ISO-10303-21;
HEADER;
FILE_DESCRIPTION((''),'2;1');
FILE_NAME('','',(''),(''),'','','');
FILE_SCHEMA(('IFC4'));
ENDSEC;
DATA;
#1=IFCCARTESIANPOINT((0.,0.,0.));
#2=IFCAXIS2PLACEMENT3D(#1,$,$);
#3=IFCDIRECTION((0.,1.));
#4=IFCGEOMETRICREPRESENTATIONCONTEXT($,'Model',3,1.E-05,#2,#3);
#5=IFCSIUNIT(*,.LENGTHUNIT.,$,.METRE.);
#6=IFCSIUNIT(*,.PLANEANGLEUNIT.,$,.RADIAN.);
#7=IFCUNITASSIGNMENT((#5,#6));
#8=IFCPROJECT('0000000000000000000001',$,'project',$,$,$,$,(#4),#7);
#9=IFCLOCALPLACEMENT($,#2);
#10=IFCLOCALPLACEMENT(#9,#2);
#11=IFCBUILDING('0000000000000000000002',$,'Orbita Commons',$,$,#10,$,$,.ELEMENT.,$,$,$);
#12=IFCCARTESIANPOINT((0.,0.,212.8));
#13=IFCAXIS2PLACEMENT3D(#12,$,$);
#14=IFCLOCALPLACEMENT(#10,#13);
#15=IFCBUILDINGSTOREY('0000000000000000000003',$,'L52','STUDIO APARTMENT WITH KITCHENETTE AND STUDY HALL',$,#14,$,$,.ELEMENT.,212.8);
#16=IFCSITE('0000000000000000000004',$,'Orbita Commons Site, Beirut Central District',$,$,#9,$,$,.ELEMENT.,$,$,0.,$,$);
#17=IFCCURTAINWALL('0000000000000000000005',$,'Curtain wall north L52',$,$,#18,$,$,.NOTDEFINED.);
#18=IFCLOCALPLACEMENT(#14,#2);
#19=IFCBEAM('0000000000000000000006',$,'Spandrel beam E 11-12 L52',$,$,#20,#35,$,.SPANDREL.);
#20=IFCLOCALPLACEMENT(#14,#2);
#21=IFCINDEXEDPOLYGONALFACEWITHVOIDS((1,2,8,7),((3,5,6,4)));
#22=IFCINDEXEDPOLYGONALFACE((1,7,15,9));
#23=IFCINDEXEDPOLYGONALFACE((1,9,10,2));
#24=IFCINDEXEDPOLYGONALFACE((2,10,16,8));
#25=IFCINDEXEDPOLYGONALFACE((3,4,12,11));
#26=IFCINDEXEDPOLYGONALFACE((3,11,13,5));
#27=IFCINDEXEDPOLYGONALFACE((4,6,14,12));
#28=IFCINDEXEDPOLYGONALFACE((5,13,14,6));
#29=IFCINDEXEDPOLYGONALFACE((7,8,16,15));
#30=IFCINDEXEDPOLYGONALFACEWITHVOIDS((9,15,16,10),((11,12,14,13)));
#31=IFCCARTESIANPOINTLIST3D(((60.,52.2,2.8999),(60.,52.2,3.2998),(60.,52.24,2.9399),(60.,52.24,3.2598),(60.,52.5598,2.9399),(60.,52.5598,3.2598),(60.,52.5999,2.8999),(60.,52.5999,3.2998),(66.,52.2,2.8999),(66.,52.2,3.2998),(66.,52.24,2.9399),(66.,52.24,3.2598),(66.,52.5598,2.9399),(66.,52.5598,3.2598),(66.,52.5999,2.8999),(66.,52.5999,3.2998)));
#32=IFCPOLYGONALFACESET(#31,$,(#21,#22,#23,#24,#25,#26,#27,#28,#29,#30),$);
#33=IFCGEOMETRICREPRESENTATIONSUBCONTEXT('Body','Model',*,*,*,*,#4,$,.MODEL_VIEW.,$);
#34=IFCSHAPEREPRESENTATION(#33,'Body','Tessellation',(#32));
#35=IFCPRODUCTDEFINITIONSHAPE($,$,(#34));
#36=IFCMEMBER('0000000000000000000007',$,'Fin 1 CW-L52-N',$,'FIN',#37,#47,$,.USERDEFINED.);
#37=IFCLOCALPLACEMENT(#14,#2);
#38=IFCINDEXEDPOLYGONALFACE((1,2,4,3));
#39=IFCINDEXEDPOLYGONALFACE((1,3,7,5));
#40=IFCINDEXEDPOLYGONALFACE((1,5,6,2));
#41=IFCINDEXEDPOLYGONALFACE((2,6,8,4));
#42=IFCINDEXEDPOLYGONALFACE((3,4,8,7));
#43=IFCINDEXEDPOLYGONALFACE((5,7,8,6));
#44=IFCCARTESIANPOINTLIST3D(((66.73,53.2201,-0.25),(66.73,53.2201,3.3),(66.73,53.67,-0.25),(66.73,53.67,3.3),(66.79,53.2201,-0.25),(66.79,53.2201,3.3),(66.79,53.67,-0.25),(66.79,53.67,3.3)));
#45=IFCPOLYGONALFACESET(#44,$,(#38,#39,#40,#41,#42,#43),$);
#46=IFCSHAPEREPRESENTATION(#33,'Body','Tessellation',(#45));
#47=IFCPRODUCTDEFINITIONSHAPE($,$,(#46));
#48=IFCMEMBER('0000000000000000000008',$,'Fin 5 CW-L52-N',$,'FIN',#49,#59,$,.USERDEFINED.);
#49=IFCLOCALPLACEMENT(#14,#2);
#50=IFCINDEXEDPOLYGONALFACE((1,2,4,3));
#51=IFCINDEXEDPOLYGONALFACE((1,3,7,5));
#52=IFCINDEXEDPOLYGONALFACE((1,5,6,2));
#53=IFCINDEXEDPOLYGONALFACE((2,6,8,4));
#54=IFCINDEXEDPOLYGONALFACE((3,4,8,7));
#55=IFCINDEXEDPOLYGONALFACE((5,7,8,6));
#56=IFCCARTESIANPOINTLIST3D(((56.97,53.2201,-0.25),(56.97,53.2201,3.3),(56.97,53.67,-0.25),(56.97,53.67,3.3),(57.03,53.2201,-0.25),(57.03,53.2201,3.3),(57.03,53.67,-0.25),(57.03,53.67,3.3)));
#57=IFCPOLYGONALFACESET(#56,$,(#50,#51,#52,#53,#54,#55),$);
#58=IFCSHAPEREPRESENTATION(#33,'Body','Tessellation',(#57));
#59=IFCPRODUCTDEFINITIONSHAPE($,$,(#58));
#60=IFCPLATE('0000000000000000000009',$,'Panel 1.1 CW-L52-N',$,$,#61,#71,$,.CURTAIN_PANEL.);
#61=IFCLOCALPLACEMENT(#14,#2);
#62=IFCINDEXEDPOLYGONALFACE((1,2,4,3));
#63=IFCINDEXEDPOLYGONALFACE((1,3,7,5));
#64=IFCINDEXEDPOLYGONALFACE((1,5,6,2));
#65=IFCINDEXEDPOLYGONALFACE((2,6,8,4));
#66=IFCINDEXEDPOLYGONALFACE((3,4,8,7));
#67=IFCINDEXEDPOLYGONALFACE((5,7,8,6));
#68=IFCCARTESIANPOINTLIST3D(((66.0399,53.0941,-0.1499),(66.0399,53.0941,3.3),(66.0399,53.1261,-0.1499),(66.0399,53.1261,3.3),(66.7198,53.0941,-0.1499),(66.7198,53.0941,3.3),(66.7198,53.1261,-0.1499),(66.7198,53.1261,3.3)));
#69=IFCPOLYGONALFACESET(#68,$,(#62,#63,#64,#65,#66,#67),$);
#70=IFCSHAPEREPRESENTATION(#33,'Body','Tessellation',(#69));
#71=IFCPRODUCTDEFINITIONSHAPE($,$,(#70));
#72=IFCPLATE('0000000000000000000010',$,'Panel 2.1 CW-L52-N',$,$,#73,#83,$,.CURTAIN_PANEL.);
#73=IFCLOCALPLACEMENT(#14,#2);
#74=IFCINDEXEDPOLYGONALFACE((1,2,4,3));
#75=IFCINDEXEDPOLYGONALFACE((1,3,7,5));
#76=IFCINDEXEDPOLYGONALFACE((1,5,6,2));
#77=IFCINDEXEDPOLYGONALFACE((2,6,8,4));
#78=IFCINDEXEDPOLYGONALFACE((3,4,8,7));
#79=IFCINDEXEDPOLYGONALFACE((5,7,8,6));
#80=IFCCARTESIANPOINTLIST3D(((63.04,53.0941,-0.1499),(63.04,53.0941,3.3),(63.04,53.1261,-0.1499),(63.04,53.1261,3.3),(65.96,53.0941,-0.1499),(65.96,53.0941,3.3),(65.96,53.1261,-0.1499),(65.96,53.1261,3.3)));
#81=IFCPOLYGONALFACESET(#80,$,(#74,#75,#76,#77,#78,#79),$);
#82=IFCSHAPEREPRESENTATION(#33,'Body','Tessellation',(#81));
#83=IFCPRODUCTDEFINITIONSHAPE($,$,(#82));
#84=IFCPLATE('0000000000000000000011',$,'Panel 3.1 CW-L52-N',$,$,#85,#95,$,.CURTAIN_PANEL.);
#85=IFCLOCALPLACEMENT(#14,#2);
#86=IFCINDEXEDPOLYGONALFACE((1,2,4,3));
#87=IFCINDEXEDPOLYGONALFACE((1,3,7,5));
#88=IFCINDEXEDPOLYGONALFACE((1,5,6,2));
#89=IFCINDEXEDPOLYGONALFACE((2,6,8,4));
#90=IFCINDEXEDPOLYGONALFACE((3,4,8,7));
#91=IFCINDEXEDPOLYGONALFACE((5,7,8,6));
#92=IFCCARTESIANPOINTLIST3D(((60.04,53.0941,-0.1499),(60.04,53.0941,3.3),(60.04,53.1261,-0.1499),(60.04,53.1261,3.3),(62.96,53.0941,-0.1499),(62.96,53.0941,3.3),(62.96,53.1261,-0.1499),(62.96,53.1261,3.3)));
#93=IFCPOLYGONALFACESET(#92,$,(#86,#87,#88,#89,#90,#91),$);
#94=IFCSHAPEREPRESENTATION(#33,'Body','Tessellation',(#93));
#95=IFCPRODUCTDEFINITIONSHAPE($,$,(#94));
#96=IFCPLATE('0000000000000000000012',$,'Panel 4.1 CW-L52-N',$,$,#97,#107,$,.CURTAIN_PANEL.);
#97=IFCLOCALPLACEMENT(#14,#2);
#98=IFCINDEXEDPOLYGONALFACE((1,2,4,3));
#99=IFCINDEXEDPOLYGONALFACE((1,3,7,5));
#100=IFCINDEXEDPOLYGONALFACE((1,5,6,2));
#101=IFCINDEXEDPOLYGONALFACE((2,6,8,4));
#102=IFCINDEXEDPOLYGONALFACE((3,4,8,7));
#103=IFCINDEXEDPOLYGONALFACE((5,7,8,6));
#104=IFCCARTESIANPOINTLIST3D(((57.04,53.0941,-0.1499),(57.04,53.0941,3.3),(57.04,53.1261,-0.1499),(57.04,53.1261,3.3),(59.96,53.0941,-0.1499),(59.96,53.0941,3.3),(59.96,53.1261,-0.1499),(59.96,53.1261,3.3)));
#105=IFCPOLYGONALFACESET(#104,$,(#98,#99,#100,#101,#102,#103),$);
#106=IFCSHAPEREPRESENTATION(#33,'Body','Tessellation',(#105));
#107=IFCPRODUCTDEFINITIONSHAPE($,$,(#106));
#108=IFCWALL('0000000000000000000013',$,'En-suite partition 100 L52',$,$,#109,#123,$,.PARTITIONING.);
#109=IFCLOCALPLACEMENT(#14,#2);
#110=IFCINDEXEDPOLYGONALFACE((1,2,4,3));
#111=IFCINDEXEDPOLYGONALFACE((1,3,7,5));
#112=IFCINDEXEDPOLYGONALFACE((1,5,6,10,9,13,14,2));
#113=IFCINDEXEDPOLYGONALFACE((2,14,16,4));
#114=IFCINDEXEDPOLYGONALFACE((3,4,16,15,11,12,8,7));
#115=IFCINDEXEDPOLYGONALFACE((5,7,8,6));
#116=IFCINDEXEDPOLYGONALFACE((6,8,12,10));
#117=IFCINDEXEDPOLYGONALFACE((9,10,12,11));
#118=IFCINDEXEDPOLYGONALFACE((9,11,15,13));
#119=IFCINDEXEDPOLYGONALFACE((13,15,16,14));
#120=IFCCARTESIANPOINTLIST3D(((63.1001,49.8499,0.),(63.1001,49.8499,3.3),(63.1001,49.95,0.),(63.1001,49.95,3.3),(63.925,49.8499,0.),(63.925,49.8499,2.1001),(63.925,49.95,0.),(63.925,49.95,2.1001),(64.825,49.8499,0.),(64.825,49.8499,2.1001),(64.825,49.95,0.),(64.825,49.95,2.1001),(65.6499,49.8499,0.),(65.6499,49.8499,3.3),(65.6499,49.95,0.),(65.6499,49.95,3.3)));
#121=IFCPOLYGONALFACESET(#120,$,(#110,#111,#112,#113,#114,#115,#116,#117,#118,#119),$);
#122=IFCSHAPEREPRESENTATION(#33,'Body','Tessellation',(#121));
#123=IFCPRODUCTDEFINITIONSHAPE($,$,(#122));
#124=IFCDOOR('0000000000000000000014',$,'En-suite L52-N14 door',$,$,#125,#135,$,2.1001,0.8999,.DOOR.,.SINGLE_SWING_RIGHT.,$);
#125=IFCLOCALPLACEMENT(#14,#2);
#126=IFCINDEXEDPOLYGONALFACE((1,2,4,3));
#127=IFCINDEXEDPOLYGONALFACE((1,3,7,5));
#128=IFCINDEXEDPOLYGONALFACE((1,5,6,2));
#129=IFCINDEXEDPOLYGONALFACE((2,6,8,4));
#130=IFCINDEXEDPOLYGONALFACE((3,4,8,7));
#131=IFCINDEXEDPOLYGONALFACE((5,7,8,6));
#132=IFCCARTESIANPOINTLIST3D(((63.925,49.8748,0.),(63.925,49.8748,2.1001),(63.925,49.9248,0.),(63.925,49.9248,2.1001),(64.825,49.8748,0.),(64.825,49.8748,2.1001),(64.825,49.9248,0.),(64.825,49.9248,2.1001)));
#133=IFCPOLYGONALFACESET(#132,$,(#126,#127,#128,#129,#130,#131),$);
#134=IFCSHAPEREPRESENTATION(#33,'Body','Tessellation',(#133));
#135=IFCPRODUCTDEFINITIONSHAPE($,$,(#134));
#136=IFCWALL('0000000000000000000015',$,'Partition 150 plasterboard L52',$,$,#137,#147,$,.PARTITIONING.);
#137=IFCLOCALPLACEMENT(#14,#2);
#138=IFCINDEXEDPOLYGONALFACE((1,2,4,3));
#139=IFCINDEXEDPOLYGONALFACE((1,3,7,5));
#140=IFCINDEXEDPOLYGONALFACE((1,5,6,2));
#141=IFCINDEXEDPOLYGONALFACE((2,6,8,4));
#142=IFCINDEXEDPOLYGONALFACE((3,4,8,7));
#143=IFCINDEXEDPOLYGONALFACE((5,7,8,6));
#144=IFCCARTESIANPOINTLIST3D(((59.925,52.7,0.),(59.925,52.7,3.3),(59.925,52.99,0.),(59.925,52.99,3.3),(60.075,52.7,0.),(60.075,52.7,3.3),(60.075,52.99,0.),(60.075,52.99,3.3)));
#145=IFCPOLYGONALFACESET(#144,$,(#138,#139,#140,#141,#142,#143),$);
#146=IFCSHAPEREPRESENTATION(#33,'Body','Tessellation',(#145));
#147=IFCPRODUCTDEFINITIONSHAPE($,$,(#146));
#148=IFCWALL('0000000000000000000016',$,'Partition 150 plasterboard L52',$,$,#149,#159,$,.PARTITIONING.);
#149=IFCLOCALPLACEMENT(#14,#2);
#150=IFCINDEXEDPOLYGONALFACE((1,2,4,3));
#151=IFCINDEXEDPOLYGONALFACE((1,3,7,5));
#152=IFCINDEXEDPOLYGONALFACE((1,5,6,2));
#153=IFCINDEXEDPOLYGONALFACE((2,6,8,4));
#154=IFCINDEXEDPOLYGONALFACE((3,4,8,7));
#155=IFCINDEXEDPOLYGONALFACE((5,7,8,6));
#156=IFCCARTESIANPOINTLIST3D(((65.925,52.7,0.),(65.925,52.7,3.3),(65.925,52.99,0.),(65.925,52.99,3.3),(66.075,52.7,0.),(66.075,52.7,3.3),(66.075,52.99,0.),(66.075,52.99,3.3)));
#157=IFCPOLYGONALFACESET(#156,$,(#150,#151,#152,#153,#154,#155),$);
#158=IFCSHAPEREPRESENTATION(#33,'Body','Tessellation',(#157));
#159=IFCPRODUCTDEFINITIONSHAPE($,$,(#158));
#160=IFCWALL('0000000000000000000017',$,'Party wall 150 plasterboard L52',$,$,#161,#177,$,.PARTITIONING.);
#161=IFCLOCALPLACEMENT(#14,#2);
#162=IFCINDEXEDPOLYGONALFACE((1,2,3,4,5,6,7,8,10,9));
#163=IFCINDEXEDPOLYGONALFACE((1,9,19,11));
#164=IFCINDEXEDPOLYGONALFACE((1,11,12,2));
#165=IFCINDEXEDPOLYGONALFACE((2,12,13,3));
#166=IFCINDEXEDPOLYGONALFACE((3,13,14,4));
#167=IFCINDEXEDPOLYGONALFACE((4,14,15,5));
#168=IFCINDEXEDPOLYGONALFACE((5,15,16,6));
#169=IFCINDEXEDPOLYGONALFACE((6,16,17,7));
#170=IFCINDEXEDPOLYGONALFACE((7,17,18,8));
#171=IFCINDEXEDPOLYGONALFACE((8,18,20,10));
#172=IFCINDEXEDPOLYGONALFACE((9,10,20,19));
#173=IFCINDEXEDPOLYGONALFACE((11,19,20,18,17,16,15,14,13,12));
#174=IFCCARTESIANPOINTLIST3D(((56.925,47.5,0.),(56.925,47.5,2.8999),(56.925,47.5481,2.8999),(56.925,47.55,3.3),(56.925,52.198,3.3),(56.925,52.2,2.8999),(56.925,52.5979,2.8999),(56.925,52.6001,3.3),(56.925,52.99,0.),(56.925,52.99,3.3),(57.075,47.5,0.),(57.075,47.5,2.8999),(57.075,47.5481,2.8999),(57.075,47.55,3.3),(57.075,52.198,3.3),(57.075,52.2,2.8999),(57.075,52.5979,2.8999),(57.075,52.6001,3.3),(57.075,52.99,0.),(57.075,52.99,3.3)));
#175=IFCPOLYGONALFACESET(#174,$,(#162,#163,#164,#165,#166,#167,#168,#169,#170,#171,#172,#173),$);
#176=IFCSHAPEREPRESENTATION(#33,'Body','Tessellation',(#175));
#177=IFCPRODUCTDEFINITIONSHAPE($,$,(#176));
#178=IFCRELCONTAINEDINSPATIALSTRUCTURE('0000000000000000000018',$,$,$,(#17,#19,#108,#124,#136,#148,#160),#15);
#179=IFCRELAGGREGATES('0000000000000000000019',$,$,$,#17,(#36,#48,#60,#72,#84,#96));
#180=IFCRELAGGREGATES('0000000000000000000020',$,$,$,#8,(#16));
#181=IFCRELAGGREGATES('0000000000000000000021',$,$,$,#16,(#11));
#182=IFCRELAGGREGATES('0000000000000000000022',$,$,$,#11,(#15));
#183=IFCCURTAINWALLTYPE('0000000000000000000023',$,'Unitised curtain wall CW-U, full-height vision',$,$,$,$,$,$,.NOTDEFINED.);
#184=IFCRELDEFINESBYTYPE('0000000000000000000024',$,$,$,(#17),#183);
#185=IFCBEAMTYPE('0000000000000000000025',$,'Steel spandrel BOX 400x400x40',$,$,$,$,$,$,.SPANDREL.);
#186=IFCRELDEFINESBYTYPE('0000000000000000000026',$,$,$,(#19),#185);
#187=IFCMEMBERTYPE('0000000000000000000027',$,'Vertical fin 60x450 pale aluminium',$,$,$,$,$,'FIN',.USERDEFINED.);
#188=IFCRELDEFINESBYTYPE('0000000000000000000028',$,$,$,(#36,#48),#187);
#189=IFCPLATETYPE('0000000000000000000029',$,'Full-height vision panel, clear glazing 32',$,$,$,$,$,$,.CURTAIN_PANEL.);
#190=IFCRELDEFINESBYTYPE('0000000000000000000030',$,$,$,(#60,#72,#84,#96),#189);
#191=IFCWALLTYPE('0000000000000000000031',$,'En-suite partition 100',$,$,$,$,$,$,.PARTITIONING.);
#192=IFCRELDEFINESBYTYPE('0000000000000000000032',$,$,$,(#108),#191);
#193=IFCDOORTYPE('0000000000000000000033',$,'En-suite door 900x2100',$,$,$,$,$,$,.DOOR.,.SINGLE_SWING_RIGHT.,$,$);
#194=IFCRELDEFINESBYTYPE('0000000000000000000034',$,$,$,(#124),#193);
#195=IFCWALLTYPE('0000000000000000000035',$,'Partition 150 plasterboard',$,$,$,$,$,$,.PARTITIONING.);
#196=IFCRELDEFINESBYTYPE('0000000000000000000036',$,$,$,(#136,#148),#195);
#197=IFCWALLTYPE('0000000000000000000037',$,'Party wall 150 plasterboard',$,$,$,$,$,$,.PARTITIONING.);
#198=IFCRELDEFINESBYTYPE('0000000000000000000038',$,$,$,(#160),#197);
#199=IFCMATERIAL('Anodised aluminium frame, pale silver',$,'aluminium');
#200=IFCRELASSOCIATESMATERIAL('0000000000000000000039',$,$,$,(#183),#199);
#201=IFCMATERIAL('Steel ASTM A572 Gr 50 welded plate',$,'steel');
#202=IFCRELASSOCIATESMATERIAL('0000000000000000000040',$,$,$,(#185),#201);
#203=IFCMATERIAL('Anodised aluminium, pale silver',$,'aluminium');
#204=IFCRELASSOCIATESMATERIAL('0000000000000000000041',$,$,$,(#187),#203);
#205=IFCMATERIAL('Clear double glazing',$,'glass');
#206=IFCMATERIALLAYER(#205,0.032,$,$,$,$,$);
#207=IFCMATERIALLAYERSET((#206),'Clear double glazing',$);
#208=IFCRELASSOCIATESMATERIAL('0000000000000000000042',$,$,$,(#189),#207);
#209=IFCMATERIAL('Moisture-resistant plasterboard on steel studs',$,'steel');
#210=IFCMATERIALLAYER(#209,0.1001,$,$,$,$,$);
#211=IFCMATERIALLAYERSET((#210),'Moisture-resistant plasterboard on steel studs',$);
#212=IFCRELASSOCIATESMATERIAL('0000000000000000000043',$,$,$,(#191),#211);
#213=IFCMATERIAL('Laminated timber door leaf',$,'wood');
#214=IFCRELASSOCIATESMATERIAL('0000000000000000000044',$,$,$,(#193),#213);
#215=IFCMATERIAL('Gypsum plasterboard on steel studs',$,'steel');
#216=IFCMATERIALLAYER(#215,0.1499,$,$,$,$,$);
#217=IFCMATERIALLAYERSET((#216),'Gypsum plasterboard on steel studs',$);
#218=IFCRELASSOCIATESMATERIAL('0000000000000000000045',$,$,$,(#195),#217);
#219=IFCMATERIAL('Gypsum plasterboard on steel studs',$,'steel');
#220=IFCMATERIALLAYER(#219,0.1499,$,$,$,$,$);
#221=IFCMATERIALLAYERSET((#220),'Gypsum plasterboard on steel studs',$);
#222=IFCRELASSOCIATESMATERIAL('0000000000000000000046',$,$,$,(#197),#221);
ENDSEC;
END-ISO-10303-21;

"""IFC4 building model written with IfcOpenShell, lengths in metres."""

from ifc_helpers import new_model, si_unit, direction, frame, frame_2d, origin, origin_2d, place, context, subcontext, project, spatial, polyline, rectangle, hollow_rectangle, outline, extrude, material, layer, layer_set, material_profile, profile_set, type_object, element, fill, aggregate, save


model = new_model("IFC4")

# Units and contexts
model_context = context("Model", 3, precision=1e-05, world=origin(), true_north=direction((0.0, 1.0)))
body_context = subcontext(model_context, "Body", "Model", "MODEL_VIEW")
ifc_project = project(units=[si_unit("LENGTHUNIT", "METRE"), si_unit("PLANEANGLEUNIT", "RADIAN")], contexts=[model_context])

# Site, building, storey
site_placement = place(None, origin())
site = spatial("IfcSite", under=ifc_project, at=site_placement, Name="Orbita Commons Site, Beirut Central District", CompositionType="ELEMENT", RefElevation=0.0)
building_placement = place(site_placement, origin())
building = spatial("IfcBuilding", under=site, at=building_placement, Name="Orbita Commons", CompositionType="ELEMENT")
storey_placement = place(building_placement, frame((0.0, 0.0, 212.8)))
storey = spatial("IfcBuildingStorey", under=building, at=storey_placement, Name="L52", Description="STUDIO APARTMENT WITH KITCHENETTE AND STUDY HALL", CompositionType="ELEMENT", Elevation=212.8)

# Curtain wall
ifc_material_1 = material(Name="Anodised aluminium frame, pale silver", Category="aluminium")
curtain_wall_type = type_object("IfcCurtainWallType", Name="Unitised curtain wall CW-U, full-height vision", PredefinedType="NOTDEFINED", material=ifc_material_1)
curtain_wall_placement = place(storey_placement, origin())
curtain_wall = element("IfcCurtainWall", 1, at=curtain_wall_placement, inside=storey, type_object=curtain_wall_type, Name="Curtain wall north L52", PredefinedType="NOTDEFINED")

# Beam
ifc_material_2 = material(Name="Steel ASTM A572 Gr 50 welded plate", Category="steel")
ifc_material_profile_1 = material_profile(ifc_material_2, hollow_rectangle(XDim=0.3999, YDim=0.3999, WallThickness=0.04, at=origin_2d()), Name="BOX 400x400x40")
ifc_profile_set_1 = profile_set([ifc_material_profile_1], Name="Steel ASTM A572 Gr 50 welded plate")
beam_type = type_object("IfcBeamType", Name="Steel spandrel BOX 400x400x40", PredefinedType="SPANDREL", material=ifc_profile_set_1)
beam_placement = place(storey_placement, frame((60.0, 52.3999, 3.0999), z_axis=(1.0, 0.0, 0.0), x_axis=(0.0, 1.0, 0.0)))
element("IfcBeam", 2, at=beam_placement, inside=storey, type_object=beam_type, Name="Spandrel beam E 11-12 L52", PredefinedType="SPANDREL", context=body_context, shape_type="SweptSolid", body=[
    extrude(hollow_rectangle(XDim=0.3999, YDim=0.3999, WallThickness=0.04, at=origin_2d()), origin(), (0.0, 0.0, 1.0), 6.0),
])

# Members
ifc_material_3 = material(Name="Anodised aluminium, pale silver", Category="aluminium")
ifc_material_profile_2 = material_profile(ifc_material_3, rectangle(XDim=0.0601, YDim=0.45, at=origin_2d()), Name="FIN 60x450")
ifc_profile_set_2 = profile_set([ifc_material_profile_2], Name="Anodised aluminium, pale silver")
member_type_1 = type_object("IfcMemberType", Name="Vertical fin 60x450 pale aluminium", ElementType="FIN", PredefinedType="USERDEFINED", material=ifc_profile_set_2)
member_1_placement = place(storey_placement, frame((66.76, 53.4451, -0.25), z_axis=(0.0, 0.0, 1.0), x_axis=(-1.0, 0.0, 0.0)))
member_1 = element("IfcMember", 3, at=member_1_placement, type_object=member_type_1, Name="Fin 1 CW-L52-N", ObjectType="FIN", PredefinedType="USERDEFINED", context=body_context, shape_type="SweptSolid", body=[
    extrude(rectangle(XDim=0.0601, YDim=0.45, at=origin_2d()), origin(), (0.0, 0.0, 1.0), 3.55),
])
member_2_placement = place(storey_placement, frame((57.0, 53.4451, -0.25), z_axis=(0.0, 0.0, 1.0), x_axis=(-1.0, 0.0, 0.0)))
member_2 = element("IfcMember", 4, at=member_2_placement, type_object=member_type_1, Name="Fin 5 CW-L52-N", ObjectType="FIN", PredefinedType="USERDEFINED", context=body_context, shape_type="SweptSolid", body=[
    extrude(rectangle(XDim=0.0601, YDim=0.45, at=origin_2d()), origin(), (0.0, 0.0, 1.0), 3.55),
])

# Plates
ifc_material_4 = material(Name="Clear double glazing", Category="glass")
ifc_layer_1 = layer(ifc_material_4, 0.032)
ifc_layer_set_1 = layer_set([ifc_layer_1], Name="Clear double glazing")
plate_type = type_object("IfcPlateType", Name="Full-height vision panel, clear glazing 32", PredefinedType="CURTAIN_PANEL", material=ifc_layer_set_1)
plate_1_placement = place(storey_placement, frame((66.3799, 53.1101, -0.1499), z_axis=(0.0, 0.0, 1.0), x_axis=(-1.0, 0.0, 0.0)))
plate_1 = element("IfcPlate", 5, at=plate_1_placement, type_object=plate_type, Name="Panel 1.1 CW-L52-N", PredefinedType="CURTAIN_PANEL", context=body_context, shape_type="SweptSolid", body=[
    extrude(rectangle(XDim=0.6799, YDim=0.032, at=origin_2d()), origin(), (0.0, 0.0, 1.0), 3.45),
])
plate_2_placement = place(storey_placement, frame((64.5, 53.1101, -0.1499), z_axis=(0.0, 0.0, 1.0), x_axis=(-1.0, 0.0, 0.0)))
plate_2 = element("IfcPlate", 6, at=plate_2_placement, type_object=plate_type, Name="Panel 2.1 CW-L52-N", PredefinedType="CURTAIN_PANEL", context=body_context, shape_type="SweptSolid", body=[
    extrude(rectangle(XDim=2.9199, YDim=0.032, at=origin_2d()), origin(), (0.0, 0.0, 1.0), 3.45),
])
plate_3_placement = place(storey_placement, frame((61.5, 53.1101, -0.1499), z_axis=(0.0, 0.0, 1.0), x_axis=(-1.0, 0.0, 0.0)))
plate_3 = element("IfcPlate", 7, at=plate_3_placement, type_object=plate_type, Name="Panel 3.1 CW-L52-N", PredefinedType="CURTAIN_PANEL", context=body_context, shape_type="SweptSolid", body=[
    extrude(rectangle(XDim=2.9199, YDim=0.032, at=origin_2d()), origin(), (0.0, 0.0, 1.0), 3.45),
])
plate_4_placement = place(storey_placement, frame((58.5, 53.1101, -0.1499), z_axis=(0.0, 0.0, 1.0), x_axis=(-1.0, 0.0, 0.0)))
plate_4 = element("IfcPlate", 8, at=plate_4_placement, type_object=plate_type, Name="Panel 4.1 CW-L52-N", PredefinedType="CURTAIN_PANEL", context=body_context, shape_type="SweptSolid", body=[
    extrude(rectangle(XDim=2.9199, YDim=0.032, at=origin_2d()), origin(), (0.0, 0.0, 1.0), 3.45),
])
aggregate(curtain_wall, [member_1, member_2, plate_1, plate_2, plate_3, plate_4])

# Wall, opening, door
ifc_material_5 = material(Name="Moisture-resistant plasterboard on steel studs", Category="steel")
ifc_layer_2 = layer(ifc_material_5, 0.1001)
ifc_layer_set_2 = layer_set([ifc_layer_2], Name="Moisture-resistant plasterboard on steel studs")
wall_type_1 = type_object("IfcWallType", Name="En-suite partition 100", PredefinedType="PARTITIONING", material=ifc_layer_set_2)
wall_1_placement = place(storey_placement, frame((63.1001, 49.8999, 0.0), z_axis=(0.0, 0.0, 1.0), x_axis=(1.0, 0.0, 0.0)))
wall_1 = element("IfcWall", 9, at=wall_1_placement, inside=storey, type_object=wall_type_1, Name="En-suite partition 100 L52", PredefinedType="PARTITIONING", context=body_context, shape_type="SweptSolid", body=[
    extrude(rectangle(XDim=2.5498, YDim=0.1001, at=frame_2d((1.2749, 0.0))), origin(), (0.0, 0.0, 1.0), 3.3),
])
opening_1_placement = place(wall_1_placement, frame((0.825, 0.0, 0.0)))
opening_1 = element("IfcOpeningElement", 10, at=opening_1_placement, cuts=wall_1, PredefinedType="OPENING", context=body_context, shape_type="SweptSolid", body=[
    extrude(rectangle(XDim=0.8999, YDim=2.1001, at=frame_2d((0.45, 1.05))), frame((0.0, 0.0601, 0.0), z_axis=(0.0, -1.0, 0.0), x_axis=(1.0, 0.0, 0.0)), (0.0, 0.0, 1.0), 0.1201),
])
ifc_material_6 = material(Name="Laminated timber door leaf", Category="wood")
door_type = type_object("IfcDoorType", Name="En-suite door 900x2100", OperationType="SINGLE_SWING_RIGHT", PredefinedType="DOOR", material=ifc_material_6)
door_placement = place(opening_1_placement, origin())
door = element("IfcDoor", 11, at=door_placement, inside=storey, type_object=door_type, Name="En-suite L52-N14 door", OperationType="SINGLE_SWING_RIGHT", OverallHeight=2.1001, OverallWidth=0.8999, PredefinedType="DOOR", context=body_context, shape_type="SweptSolid", body=[
    extrude(rectangle(XDim=0.8999, YDim=2.1001, at=frame_2d((0.45, 1.05))), frame((0.0, 0.0249, 0.0), z_axis=(0.0, -1.0, 0.0), x_axis=(1.0, 0.0, 0.0)), (0.0, 0.0, 1.0), 0.05),
])
fill(opening_1, door)

# Walls
ifc_material_7 = material(Name="Gypsum plasterboard on steel studs", Category="steel")
ifc_layer_3 = layer(ifc_material_7, 0.1499)
ifc_layer_set_3 = layer_set([ifc_layer_3], Name="Gypsum plasterboard on steel studs")
wall_type_2 = type_object("IfcWallType", Name="Partition 150 plasterboard", PredefinedType="PARTITIONING", material=ifc_layer_set_3)
for number, where, z_axis, x_axis, name in (
    (12, (60.0, 52.7, 0.0), (0.0, 0.0, 1.0), (0.0, 1.0, 0.0), "Partition 150 plasterboard L52"),
    (13, (66.0, 52.7, 0.0), (0.0, 0.0, 1.0), (0.0, 1.0, 0.0), "Partition 150 plasterboard L52"),
):
    element("IfcWall", number, at=place(storey_placement, frame(where, z_axis=z_axis, x_axis=x_axis)), inside=storey, type_object=wall_type_2, Name=name, PredefinedType="PARTITIONING", context=body_context, shape_type="SweptSolid", body=[
        extrude(rectangle(XDim=0.29, YDim=0.1499, at=frame_2d((0.145, 0.0))), origin(), (0.0, 0.0, 1.0), 3.3),
    ])
ifc_material_8 = material(Name="Gypsum plasterboard on steel studs", Category="steel")
ifc_layer_4 = layer(ifc_material_8, 0.1499)
ifc_layer_set_4 = layer_set([ifc_layer_4], Name="Gypsum plasterboard on steel studs")
wall_type_3 = type_object("IfcWallType", Name="Party wall 150 plasterboard", PredefinedType="PARTITIONING", material=ifc_layer_set_4)
wall_2_placement = place(storey_placement, frame((57.0, 52.99, 0.0), z_axis=(0.0, 0.0, 1.0), x_axis=(0.0, -1.0, 0.0)))
element("IfcWall", 14, at=wall_2_placement, inside=storey, type_object=wall_type_3, Name="Party wall 150 plasterboard L52", PredefinedType="PARTITIONING", context=body_context, shape_type="SweptSolid", body=[
    extrude(outline(polyline([(0.0, 0.0), (5.49, 0.0), (5.49, 2.8999), (5.4419, 2.8999), (5.4399, 3.3), (0.792, 3.3), (0.79, 2.8999), (0.3921, 2.8999), (0.3899, 3.3), (0.0, 3.3), (0.0, 0.0)])), frame((0.0, 0.075, 0.0), z_axis=(0.0, -1.0, 0.0), x_axis=(1.0, 0.0, 0.0)), (0.0, 0.0, 1.0), 0.1499),
])

save(model, "model.ifc")
